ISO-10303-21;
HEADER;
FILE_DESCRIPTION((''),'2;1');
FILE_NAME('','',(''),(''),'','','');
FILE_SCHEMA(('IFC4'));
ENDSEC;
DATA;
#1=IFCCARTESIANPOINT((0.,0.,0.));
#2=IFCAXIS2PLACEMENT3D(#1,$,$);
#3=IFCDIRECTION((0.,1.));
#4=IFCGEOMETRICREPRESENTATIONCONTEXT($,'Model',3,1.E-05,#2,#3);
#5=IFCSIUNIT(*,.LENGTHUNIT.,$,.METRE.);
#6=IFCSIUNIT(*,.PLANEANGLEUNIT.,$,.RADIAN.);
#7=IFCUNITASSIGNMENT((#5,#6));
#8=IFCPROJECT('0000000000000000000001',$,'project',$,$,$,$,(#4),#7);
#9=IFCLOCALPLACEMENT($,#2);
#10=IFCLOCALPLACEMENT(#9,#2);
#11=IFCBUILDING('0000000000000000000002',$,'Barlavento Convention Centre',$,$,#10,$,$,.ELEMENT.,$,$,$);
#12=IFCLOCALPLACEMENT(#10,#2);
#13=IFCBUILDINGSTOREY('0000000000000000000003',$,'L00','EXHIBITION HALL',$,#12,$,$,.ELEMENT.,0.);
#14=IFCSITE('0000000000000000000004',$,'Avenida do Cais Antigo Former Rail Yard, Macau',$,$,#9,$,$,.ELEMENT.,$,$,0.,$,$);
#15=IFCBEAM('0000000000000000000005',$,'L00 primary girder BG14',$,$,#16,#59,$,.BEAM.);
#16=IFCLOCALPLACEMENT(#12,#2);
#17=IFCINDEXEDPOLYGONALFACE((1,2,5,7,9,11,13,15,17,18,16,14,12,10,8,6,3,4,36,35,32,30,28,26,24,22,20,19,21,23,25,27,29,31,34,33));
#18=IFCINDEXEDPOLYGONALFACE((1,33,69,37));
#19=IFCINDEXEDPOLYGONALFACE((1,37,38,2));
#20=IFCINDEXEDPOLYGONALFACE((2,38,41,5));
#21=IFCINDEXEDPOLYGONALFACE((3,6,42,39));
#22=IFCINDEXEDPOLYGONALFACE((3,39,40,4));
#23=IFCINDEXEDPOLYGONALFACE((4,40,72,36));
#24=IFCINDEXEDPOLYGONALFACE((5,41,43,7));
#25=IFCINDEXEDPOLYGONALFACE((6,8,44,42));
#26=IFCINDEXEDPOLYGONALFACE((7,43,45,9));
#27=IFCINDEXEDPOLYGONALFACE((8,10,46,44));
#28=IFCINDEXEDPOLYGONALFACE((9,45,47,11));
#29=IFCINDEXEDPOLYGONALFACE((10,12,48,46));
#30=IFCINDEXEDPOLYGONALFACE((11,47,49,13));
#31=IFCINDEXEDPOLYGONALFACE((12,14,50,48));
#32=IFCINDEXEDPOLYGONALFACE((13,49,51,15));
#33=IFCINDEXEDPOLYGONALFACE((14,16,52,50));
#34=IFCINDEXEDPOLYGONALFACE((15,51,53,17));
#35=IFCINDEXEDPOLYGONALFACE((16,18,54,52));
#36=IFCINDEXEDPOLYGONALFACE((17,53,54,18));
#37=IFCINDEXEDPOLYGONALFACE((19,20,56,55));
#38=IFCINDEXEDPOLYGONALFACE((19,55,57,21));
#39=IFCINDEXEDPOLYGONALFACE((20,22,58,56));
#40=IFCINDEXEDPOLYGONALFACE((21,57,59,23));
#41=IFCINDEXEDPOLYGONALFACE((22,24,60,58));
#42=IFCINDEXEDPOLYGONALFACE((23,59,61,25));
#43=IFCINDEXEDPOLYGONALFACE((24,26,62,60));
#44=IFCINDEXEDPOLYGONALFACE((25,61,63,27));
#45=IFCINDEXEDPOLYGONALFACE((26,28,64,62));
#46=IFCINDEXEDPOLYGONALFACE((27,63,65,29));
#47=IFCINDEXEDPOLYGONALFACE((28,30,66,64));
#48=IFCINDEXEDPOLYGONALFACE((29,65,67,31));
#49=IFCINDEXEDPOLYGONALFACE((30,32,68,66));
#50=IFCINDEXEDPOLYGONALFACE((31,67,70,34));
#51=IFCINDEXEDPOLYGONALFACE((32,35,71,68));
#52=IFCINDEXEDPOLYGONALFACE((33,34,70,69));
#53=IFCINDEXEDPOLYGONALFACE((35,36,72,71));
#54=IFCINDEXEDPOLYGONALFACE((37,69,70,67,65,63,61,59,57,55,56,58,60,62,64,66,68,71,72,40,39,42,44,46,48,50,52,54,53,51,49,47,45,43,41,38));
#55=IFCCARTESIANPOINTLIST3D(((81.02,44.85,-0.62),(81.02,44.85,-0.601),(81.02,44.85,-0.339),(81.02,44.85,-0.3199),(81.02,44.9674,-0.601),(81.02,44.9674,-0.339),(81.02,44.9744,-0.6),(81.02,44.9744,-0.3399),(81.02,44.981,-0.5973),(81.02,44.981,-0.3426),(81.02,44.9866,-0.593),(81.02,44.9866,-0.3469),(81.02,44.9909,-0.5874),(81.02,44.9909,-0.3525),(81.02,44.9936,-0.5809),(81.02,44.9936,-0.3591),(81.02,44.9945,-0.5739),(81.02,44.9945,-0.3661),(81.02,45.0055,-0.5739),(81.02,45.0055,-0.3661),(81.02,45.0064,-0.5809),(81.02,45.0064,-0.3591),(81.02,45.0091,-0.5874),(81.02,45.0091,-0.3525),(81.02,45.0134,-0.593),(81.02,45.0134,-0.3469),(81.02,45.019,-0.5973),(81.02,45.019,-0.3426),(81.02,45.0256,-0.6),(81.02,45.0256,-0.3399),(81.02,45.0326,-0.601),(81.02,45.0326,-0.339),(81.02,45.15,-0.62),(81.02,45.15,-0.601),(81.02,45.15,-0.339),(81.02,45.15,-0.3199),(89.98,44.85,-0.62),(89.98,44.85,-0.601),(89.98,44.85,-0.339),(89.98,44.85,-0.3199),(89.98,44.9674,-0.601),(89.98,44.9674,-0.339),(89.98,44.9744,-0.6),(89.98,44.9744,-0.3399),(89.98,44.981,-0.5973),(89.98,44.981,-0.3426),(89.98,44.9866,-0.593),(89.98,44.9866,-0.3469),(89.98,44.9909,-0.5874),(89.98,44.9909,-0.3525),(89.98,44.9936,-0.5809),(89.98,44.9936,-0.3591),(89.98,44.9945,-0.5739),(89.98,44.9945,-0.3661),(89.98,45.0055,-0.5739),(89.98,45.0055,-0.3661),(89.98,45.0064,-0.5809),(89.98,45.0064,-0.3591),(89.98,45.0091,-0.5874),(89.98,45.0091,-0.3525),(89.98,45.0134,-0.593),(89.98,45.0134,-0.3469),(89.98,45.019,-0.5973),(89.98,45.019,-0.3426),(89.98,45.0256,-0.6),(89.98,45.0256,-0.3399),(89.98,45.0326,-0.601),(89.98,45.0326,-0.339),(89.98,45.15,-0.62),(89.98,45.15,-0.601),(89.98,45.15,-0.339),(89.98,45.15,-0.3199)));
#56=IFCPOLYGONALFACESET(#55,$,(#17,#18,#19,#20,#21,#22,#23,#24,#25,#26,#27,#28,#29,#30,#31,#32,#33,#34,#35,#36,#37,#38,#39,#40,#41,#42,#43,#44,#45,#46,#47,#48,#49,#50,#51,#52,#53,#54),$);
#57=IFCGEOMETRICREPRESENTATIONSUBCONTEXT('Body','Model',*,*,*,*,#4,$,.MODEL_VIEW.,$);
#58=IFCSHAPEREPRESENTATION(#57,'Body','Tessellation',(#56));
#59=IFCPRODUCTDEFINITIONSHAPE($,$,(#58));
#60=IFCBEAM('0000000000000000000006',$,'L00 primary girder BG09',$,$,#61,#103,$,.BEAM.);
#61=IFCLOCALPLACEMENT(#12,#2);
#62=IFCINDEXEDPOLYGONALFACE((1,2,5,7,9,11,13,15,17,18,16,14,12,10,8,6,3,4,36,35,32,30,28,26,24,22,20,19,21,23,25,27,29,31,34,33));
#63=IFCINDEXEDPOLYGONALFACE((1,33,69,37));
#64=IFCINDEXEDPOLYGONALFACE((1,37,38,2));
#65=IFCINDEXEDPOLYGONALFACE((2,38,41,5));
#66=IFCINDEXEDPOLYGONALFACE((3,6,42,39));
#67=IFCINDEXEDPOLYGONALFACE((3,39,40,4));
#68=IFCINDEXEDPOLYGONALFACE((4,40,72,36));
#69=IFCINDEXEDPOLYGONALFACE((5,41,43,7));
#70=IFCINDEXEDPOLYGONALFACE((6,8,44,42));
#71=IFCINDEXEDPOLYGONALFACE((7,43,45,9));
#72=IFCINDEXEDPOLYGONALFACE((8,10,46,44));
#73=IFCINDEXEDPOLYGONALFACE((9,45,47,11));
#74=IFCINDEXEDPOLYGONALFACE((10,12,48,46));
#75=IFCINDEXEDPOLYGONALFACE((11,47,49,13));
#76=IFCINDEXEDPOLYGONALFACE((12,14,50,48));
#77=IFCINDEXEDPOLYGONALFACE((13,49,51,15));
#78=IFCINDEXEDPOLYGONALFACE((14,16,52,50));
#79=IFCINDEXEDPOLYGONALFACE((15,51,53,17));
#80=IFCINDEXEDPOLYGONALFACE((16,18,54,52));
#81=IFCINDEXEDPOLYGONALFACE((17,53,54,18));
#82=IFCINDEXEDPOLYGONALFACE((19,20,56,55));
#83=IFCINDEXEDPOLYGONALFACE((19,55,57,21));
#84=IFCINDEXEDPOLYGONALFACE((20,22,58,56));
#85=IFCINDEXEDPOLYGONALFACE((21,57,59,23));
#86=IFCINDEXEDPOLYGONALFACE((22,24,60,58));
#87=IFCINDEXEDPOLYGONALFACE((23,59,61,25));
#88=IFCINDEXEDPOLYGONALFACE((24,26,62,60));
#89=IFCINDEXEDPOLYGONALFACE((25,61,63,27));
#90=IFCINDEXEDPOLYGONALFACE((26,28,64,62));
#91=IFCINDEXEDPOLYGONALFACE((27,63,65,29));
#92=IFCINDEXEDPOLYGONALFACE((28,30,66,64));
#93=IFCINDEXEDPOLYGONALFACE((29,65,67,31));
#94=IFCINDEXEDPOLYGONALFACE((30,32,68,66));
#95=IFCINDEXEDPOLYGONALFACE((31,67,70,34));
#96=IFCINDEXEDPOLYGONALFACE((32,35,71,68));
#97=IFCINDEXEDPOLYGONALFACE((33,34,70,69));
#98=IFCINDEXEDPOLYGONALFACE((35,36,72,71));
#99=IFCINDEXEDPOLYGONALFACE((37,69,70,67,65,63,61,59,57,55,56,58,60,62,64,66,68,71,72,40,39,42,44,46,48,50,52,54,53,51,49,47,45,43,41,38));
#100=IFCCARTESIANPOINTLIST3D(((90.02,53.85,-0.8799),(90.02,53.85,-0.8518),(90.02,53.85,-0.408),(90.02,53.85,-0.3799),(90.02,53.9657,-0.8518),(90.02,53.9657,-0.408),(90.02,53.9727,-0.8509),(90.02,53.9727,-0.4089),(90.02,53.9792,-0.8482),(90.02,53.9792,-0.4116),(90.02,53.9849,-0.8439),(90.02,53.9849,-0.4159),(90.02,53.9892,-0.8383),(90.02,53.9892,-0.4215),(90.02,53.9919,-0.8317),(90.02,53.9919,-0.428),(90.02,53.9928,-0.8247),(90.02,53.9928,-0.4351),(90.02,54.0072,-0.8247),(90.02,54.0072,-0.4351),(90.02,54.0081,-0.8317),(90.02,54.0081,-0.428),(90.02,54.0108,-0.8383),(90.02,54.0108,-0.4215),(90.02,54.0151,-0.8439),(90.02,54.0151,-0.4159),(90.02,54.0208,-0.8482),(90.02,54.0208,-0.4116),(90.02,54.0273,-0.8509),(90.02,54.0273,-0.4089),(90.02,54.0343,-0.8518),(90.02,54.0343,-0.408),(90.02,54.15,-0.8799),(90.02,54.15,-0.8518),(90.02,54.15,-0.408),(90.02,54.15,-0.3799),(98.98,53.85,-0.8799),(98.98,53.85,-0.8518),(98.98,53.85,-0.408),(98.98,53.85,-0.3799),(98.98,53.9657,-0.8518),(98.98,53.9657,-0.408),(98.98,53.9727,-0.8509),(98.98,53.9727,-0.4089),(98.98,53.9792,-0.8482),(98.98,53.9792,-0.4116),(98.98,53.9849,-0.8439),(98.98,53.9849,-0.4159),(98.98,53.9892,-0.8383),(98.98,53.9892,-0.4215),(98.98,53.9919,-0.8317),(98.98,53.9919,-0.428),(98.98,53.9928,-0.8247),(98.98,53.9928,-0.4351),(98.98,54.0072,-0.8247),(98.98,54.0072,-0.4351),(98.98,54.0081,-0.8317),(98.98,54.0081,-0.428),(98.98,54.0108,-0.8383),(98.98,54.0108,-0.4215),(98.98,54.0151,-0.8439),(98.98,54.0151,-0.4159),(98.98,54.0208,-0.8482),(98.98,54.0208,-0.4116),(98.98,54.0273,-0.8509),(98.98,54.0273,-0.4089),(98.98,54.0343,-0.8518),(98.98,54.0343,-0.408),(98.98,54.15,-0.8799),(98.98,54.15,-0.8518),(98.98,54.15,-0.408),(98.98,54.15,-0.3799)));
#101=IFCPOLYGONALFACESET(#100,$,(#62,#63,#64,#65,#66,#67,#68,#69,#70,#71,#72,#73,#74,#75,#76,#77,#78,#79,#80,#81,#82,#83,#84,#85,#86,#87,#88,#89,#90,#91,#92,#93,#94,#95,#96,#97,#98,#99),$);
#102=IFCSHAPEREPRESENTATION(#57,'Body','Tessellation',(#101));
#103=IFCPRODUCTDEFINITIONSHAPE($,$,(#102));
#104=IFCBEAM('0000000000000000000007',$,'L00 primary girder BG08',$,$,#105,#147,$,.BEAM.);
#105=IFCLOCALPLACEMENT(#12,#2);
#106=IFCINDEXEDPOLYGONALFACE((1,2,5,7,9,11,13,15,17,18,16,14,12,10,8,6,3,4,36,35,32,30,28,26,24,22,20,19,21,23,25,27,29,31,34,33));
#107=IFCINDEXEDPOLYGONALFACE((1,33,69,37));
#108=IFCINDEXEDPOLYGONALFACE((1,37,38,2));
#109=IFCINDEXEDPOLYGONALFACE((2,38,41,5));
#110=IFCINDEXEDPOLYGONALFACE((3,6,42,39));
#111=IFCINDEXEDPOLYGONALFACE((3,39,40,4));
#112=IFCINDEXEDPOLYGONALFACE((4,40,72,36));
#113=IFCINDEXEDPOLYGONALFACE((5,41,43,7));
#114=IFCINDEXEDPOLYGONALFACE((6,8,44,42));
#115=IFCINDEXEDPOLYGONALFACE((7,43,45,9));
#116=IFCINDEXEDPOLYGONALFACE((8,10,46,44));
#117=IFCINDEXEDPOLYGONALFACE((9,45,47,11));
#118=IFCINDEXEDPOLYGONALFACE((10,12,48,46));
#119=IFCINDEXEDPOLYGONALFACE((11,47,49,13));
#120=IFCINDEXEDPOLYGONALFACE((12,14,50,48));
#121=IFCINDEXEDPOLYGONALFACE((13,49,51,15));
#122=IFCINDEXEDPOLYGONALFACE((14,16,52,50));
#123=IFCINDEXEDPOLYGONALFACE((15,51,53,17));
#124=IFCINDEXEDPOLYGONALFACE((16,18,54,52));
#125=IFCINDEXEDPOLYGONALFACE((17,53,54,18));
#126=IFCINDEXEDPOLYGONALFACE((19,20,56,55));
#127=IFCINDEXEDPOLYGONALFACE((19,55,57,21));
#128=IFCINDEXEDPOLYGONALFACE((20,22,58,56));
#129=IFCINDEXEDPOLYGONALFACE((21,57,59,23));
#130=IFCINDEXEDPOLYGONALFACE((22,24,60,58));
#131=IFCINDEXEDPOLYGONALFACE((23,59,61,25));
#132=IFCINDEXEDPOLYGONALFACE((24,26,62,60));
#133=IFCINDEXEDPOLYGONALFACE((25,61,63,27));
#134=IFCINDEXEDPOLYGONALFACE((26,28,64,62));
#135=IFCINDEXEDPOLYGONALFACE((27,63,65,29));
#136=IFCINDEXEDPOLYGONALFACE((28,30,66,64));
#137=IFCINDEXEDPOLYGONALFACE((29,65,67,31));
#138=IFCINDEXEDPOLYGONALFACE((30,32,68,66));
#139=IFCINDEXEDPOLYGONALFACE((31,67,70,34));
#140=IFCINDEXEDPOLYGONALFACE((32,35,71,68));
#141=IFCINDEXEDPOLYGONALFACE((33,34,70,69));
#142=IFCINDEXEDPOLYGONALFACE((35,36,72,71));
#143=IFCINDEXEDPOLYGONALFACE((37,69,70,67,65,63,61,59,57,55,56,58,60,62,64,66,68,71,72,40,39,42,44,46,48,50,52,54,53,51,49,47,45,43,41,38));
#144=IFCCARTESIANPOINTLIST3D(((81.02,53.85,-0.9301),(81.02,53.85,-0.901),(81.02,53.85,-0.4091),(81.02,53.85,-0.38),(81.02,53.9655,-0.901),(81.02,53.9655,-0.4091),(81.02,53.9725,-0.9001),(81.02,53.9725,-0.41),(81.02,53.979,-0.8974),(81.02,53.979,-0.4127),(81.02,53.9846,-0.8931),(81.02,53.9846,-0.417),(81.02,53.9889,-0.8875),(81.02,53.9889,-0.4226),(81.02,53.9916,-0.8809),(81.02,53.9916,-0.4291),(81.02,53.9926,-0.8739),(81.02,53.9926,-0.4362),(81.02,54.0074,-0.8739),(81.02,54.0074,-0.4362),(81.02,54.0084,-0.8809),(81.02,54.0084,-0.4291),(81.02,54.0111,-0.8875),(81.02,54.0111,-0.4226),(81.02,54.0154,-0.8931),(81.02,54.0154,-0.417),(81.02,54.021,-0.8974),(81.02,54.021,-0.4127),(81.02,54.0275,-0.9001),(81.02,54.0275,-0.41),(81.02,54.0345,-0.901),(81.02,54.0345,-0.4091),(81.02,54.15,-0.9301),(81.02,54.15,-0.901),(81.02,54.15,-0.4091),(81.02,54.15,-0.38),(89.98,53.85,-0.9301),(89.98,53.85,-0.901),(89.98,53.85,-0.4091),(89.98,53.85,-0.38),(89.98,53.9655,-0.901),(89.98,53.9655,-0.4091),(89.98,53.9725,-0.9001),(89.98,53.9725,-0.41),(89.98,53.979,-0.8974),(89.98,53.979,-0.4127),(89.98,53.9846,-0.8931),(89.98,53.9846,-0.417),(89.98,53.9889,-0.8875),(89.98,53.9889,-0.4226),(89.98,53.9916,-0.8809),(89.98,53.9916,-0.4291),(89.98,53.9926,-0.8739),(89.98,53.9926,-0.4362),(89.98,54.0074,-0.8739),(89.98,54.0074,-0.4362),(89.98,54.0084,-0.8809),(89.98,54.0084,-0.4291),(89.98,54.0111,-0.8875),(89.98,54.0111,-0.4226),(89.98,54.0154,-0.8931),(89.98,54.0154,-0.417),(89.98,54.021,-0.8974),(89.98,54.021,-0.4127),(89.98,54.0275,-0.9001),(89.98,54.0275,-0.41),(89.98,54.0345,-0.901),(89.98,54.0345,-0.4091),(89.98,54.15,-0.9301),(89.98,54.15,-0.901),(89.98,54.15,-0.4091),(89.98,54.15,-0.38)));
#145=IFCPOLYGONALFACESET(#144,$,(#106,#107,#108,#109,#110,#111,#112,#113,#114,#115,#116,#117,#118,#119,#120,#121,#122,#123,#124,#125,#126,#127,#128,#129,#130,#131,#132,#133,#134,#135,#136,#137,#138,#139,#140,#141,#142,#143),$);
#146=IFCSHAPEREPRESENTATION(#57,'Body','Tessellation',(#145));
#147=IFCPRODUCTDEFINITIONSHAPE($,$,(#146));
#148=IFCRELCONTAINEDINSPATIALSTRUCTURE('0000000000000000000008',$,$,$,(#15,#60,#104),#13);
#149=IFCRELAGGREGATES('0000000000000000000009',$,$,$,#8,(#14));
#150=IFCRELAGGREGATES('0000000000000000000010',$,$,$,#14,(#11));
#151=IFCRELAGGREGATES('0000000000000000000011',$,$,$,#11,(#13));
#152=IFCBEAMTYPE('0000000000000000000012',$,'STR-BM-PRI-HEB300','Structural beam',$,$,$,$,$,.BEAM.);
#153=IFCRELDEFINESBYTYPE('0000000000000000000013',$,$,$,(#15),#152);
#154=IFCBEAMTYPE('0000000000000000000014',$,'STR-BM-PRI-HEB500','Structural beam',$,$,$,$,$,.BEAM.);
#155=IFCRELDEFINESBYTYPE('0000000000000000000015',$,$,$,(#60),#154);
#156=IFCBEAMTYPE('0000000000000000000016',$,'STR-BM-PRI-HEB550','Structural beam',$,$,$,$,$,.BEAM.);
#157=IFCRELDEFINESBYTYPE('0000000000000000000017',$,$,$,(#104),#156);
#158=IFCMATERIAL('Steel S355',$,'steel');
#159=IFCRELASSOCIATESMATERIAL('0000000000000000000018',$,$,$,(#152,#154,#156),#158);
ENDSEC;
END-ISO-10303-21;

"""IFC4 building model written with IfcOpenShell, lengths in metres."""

from ifc_helpers import new_model, si_unit, direction, frame, origin, origin_2d, place, context, subcontext, project, spatial, i_section, extrude, material, material_profile, profile_set, type_object, element, save


model = new_model("IFC4")

# Units and contexts
model_context = context("Model", 3, precision=1e-05, world=origin(), true_north=direction((0.0, 1.0)))
body_context = subcontext(model_context, "Body", "Model", "MODEL_VIEW")
ifc_project = project(units=[si_unit("LENGTHUNIT", "METRE"), si_unit("PLANEANGLEUNIT", "RADIAN")], contexts=[model_context])

# Site, building, storey
site_placement = place(None, origin())
site = spatial("IfcSite", under=ifc_project, at=site_placement, Name="Avenida do Cais Antigo Former Rail Yard, Macau", CompositionType="ELEMENT", RefElevation=0.0)
building_placement = place(site_placement, origin())
building = spatial("IfcBuilding", under=site, at=building_placement, Name="Barlavento Convention Centre", CompositionType="ELEMENT")
storey_placement = place(building_placement, origin())
storey = spatial("IfcBuildingStorey", under=building, at=storey_placement, Name="L00", Description="EXHIBITION HALL", CompositionType="ELEMENT", Elevation=0.0)

# Beams
ifc_material_1 = material(Name="Steel S355", Category="steel")
ifc_material_profile_1 = material_profile(ifc_material_1, i_section(OverallWidth=0.3, OverallDepth=0.3, WebThickness=0.011, FlangeThickness=0.019, FilletRadius=0.0271, at=origin_2d()), Name="HEB 300")
ifc_profile_set_1 = profile_set([ifc_material_profile_1], Name="Steel S355")
beam_type_1 = type_object("IfcBeamType", Name="STR-BM-PRI-HEB300", Description="Structural beam", PredefinedType="BEAM", material=ifc_profile_set_1)
beam_1_placement = place(storey_placement, frame((81.02, 45.0, -0.47), z_axis=(1.0, 0.0, 0.0), x_axis=(0.0, 1.0, 0.0)))
element("IfcBeam", 1, at=beam_1_placement, inside=storey, type_object=beam_type_1, Name="L00 primary girder BG14", PredefinedType="BEAM", context=body_context, shape_type="SweptSolid", body=[
    extrude(i_section(OverallWidth=0.3, OverallDepth=0.3, WebThickness=0.011, FlangeThickness=0.019, FilletRadius=0.0271, at=origin_2d()), origin(), (0.0, 0.0, 1.0), 8.96),
])
ifc_material_profile_2 = material_profile(ifc_material_1, i_section(OverallWidth=0.3, OverallDepth=0.5, WebThickness=0.0144, FlangeThickness=0.0281, FilletRadius=0.0271, at=origin_2d()), Name="HEB 500")
ifc_profile_set_2 = profile_set([ifc_material_profile_2], Name="Steel S355")
beam_type_2 = type_object("IfcBeamType", Name="STR-BM-PRI-HEB500", Description="Structural beam", PredefinedType="BEAM", material=ifc_profile_set_2)
beam_2_placement = place(storey_placement, frame((90.02, 54.0, -0.6299), z_axis=(1.0, 0.0, 0.0), x_axis=(0.0, 1.0, 0.0)))
element("IfcBeam", 2, at=beam_2_placement, inside=storey, type_object=beam_type_2, Name="L00 primary girder BG09", PredefinedType="BEAM", context=body_context, shape_type="SweptSolid", body=[
    extrude(i_section(OverallWidth=0.3, OverallDepth=0.5, WebThickness=0.0144, FlangeThickness=0.0281, FilletRadius=0.0271, at=origin_2d()), origin(), (0.0, 0.0, 1.0), 8.96),
])
ifc_material_profile_3 = material_profile(ifc_material_1, i_section(OverallWidth=0.3, OverallDepth=0.55, WebThickness=0.0149, FlangeThickness=0.0291, FilletRadius=0.0271, at=origin_2d()), Name="HEB 550")
ifc_profile_set_3 = profile_set([ifc_material_profile_3], Name="Steel S355")
beam_type_3 = type_object("IfcBeamType", Name="STR-BM-PRI-HEB550", Description="Structural beam", PredefinedType="BEAM", material=ifc_profile_set_3)
beam_3_placement = place(storey_placement, frame((81.02, 54.0, -0.655), z_axis=(1.0, 0.0, 0.0), x_axis=(0.0, 1.0, 0.0)))
element("IfcBeam", 3, at=beam_3_placement, inside=storey, type_object=beam_type_3, Name="L00 primary girder BG08", PredefinedType="BEAM", context=body_context, shape_type="SweptSolid", body=[
    extrude(i_section(OverallWidth=0.3, OverallDepth=0.55, WebThickness=0.0149, FlangeThickness=0.0291, FilletRadius=0.0271, at=origin_2d()), origin(), (0.0, 0.0, 1.0), 8.96),
])

save(model, "model.ifc")
